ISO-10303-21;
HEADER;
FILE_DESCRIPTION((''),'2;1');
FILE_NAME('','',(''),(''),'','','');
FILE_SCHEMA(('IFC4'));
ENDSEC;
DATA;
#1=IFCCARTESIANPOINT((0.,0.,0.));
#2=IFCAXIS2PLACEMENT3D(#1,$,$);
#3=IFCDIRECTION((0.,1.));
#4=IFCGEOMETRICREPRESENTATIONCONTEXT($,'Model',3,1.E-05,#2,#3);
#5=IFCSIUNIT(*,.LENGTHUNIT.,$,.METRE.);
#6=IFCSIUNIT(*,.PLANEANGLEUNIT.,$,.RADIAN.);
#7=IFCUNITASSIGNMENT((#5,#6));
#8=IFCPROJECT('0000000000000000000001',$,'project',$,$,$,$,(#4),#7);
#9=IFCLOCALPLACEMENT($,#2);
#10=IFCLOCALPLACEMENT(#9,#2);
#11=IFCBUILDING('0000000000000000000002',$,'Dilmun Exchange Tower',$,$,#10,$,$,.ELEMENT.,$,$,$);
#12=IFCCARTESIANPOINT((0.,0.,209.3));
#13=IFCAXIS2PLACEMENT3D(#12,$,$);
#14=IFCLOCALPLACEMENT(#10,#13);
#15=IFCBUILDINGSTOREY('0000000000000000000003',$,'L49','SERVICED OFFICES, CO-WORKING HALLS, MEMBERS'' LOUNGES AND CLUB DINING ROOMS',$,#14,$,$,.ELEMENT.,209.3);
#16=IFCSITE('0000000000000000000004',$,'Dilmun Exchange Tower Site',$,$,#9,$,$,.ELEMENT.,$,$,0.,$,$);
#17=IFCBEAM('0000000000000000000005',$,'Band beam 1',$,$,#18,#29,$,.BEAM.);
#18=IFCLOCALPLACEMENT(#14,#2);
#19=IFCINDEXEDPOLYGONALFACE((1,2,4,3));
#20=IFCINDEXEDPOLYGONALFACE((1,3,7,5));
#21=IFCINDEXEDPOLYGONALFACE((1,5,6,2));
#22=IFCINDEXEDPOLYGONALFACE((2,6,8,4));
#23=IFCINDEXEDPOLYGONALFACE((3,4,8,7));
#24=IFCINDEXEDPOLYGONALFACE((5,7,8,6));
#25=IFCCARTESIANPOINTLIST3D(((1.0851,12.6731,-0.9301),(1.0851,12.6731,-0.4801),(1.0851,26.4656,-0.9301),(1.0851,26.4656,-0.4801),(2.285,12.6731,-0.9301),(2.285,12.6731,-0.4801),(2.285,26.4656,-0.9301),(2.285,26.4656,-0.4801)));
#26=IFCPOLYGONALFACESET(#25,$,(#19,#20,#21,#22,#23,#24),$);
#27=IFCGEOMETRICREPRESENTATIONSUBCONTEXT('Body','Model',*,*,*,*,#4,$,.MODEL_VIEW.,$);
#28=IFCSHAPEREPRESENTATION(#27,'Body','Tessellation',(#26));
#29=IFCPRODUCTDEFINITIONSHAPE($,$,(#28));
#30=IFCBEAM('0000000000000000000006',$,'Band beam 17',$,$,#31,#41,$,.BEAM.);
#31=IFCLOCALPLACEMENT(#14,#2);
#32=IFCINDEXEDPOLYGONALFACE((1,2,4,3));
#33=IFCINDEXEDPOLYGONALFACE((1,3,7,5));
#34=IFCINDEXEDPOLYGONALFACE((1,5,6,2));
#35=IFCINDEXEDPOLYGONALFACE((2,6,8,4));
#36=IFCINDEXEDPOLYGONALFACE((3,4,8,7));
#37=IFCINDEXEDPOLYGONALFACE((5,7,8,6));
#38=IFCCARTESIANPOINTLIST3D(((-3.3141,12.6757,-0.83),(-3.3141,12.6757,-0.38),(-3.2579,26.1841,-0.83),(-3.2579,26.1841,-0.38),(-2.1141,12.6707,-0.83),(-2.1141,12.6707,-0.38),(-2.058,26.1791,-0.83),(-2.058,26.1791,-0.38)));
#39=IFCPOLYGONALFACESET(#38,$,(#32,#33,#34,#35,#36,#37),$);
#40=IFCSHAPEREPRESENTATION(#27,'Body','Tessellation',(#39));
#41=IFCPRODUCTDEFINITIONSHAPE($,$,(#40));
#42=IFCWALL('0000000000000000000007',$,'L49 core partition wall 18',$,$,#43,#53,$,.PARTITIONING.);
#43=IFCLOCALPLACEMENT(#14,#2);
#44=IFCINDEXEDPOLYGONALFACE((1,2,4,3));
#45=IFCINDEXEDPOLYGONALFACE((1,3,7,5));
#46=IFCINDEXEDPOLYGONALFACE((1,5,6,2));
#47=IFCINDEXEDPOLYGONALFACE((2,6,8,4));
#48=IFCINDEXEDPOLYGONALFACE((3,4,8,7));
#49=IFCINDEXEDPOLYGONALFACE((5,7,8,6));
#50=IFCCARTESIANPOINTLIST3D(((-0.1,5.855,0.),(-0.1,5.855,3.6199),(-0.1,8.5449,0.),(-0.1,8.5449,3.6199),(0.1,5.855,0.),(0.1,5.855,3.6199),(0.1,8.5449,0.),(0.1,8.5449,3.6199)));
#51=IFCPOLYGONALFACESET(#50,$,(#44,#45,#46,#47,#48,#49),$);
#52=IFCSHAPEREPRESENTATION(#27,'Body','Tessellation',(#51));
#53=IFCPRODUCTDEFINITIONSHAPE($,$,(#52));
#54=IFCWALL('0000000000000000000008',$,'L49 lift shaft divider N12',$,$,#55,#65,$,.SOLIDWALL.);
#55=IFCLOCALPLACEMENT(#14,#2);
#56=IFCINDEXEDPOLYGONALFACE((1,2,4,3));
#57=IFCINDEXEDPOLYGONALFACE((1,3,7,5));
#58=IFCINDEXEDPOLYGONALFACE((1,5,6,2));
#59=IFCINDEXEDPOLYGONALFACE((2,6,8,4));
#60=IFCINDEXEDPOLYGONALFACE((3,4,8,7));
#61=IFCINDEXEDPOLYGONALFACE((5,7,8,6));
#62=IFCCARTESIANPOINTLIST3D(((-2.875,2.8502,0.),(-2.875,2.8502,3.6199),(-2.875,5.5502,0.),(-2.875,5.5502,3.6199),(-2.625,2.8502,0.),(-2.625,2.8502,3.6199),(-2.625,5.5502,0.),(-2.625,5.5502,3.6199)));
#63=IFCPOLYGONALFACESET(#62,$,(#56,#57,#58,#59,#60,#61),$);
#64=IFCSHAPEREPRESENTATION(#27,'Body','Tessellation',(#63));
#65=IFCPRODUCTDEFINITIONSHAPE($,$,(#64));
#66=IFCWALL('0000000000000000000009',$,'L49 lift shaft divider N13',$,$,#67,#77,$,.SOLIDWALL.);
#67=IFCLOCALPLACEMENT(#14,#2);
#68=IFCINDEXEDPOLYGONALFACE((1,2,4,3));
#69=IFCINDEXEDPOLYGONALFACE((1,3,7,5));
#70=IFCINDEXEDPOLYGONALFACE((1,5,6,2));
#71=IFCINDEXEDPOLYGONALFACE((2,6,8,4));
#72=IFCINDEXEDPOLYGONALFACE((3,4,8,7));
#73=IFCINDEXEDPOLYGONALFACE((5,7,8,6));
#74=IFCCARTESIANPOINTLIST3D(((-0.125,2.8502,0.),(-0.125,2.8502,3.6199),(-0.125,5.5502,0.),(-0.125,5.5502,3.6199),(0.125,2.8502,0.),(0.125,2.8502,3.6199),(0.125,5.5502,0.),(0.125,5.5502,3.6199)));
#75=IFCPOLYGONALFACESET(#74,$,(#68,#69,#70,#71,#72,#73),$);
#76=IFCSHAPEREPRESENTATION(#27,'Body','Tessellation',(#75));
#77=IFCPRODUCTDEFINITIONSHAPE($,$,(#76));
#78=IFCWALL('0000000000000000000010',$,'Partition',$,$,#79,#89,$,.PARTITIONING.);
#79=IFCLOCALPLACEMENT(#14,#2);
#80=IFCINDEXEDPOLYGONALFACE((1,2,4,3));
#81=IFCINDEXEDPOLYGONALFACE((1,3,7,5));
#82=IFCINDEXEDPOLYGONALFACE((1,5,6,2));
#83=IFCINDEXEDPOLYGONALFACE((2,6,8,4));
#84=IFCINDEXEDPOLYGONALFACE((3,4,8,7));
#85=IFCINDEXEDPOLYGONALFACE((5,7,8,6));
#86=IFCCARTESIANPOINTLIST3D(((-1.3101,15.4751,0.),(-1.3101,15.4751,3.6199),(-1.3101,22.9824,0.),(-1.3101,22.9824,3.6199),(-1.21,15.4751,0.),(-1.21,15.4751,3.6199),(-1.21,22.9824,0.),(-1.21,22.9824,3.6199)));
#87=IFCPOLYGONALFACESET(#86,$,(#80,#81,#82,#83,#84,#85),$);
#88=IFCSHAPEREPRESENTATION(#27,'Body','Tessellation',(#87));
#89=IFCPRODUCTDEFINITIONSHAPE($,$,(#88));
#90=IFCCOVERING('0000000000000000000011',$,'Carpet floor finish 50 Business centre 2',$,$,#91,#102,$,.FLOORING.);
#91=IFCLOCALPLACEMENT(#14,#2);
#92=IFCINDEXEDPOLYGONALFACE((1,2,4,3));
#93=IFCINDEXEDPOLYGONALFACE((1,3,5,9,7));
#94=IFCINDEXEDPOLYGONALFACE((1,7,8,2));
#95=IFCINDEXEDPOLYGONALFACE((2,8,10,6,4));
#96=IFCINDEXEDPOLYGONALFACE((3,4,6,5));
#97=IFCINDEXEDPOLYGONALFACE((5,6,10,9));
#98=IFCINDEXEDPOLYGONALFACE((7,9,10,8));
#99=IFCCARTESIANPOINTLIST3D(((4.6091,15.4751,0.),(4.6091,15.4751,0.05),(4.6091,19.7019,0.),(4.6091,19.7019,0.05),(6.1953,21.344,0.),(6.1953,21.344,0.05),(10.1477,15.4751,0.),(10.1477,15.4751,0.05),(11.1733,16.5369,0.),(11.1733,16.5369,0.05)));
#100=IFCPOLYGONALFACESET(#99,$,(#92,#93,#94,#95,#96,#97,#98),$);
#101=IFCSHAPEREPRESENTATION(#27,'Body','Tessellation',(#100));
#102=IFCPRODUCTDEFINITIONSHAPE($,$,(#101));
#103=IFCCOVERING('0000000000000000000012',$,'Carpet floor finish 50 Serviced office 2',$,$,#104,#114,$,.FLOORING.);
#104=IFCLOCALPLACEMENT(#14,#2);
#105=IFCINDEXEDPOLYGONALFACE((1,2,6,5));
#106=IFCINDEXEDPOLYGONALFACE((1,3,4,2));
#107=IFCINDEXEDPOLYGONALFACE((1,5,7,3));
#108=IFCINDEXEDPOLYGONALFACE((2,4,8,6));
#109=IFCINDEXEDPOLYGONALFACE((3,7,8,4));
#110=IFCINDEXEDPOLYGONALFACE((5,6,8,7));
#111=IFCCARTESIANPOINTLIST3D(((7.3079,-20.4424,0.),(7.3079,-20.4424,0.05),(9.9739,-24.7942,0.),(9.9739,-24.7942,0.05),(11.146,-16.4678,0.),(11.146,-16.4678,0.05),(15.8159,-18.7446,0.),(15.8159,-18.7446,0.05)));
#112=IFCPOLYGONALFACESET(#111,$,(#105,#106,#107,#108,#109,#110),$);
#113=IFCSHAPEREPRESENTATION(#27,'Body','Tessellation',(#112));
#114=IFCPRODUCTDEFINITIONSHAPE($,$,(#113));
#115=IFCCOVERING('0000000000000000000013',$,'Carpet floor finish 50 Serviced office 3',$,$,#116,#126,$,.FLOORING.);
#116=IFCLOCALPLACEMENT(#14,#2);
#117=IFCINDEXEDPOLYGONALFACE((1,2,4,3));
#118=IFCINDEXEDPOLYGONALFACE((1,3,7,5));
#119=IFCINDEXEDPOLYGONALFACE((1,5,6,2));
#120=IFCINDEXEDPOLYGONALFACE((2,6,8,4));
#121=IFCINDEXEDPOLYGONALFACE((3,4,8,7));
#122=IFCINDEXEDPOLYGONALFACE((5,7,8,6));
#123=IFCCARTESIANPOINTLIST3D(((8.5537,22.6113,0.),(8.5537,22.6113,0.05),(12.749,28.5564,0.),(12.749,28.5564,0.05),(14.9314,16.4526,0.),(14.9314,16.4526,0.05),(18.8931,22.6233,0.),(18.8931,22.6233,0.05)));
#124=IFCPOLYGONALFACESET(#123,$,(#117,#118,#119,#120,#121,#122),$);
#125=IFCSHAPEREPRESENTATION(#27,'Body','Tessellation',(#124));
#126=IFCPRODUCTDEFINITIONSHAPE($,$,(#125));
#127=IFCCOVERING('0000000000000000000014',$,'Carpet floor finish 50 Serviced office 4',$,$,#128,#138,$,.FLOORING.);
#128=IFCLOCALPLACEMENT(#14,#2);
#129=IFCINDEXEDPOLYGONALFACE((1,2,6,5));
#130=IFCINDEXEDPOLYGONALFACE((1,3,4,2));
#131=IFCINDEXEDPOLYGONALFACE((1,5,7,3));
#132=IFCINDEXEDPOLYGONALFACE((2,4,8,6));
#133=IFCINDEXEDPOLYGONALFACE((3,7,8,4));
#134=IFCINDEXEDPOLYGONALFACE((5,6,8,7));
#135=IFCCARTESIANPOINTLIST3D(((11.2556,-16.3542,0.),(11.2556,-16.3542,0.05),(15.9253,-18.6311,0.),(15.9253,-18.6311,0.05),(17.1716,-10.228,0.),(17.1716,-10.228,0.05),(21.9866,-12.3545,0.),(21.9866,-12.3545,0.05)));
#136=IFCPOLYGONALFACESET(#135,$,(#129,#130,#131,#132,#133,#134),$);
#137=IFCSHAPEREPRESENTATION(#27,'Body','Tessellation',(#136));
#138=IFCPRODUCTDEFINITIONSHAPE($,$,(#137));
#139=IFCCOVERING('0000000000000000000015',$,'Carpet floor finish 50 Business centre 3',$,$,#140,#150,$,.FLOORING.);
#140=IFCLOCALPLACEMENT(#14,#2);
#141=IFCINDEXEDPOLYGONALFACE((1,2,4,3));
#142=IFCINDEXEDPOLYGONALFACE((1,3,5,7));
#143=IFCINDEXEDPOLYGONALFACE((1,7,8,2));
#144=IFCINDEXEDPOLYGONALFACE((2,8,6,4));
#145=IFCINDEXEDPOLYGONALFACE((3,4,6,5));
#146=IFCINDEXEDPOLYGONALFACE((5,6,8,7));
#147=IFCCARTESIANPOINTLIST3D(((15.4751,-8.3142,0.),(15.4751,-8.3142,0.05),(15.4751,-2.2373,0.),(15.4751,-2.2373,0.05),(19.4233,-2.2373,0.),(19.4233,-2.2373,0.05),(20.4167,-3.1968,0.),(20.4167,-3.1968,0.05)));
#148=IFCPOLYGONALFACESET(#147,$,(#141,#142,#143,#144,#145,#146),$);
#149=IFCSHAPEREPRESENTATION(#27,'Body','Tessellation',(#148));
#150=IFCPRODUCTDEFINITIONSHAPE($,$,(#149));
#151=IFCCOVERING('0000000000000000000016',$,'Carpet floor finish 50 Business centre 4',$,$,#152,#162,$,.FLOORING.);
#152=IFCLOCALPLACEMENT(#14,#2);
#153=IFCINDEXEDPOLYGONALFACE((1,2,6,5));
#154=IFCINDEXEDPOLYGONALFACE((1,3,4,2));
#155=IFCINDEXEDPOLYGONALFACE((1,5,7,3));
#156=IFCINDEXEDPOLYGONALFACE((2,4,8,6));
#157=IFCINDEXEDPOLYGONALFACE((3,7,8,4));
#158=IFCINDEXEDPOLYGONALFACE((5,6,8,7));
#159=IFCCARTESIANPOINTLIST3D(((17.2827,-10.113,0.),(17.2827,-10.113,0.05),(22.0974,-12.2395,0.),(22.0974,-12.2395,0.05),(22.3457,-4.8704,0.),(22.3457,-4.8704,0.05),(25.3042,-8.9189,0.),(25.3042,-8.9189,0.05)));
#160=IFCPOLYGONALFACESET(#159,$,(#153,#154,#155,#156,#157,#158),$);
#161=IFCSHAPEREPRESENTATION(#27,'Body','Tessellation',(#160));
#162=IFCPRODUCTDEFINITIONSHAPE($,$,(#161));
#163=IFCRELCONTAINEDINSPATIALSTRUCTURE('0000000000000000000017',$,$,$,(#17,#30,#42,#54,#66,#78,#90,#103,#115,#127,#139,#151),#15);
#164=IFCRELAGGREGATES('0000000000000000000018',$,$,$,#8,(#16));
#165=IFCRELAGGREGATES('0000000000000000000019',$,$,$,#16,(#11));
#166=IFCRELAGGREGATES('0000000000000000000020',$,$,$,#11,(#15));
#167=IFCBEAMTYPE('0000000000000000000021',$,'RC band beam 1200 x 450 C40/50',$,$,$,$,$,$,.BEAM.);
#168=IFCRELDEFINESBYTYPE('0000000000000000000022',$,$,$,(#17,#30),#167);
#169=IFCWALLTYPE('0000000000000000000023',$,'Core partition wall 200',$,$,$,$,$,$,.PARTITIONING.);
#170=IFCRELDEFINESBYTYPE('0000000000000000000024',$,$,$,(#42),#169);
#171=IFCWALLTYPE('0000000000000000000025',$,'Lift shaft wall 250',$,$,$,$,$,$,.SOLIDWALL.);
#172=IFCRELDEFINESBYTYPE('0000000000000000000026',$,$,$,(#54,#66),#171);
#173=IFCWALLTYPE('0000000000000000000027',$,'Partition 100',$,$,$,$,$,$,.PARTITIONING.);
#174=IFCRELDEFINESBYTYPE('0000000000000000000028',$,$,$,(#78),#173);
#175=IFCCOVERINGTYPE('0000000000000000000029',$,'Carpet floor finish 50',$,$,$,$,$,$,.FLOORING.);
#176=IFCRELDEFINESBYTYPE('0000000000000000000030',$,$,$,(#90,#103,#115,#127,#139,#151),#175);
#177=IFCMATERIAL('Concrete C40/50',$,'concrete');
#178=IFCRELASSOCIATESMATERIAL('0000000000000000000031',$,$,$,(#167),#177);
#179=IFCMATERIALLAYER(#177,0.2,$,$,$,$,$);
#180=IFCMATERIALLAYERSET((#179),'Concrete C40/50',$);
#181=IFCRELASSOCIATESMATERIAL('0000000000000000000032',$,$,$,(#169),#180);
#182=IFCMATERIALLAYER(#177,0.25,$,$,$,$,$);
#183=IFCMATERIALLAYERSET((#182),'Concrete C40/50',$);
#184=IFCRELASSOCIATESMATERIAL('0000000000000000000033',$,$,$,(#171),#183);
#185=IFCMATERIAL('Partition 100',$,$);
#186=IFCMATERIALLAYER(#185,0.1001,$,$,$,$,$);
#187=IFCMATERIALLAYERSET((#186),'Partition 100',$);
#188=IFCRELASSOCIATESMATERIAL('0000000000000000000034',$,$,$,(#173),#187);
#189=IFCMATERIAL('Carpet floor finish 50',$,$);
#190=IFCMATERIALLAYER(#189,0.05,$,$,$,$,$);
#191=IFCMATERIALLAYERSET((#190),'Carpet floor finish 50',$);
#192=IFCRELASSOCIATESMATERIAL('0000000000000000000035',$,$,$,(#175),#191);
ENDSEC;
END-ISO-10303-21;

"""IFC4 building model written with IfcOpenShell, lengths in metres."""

from ifc_helpers import new_model, si_unit, direction, frame, frame_2d, origin, origin_2d, place, context, subcontext, project, spatial, polyline, rectangle, outline, extrude, material, layer, layer_set, material_profile, profile_set, type_object, element, save


model = new_model("IFC4")

# Units and contexts
model_context = context("Model", 3, precision=1e-05, world=origin(), true_north=direction((0.0, 1.0)))
body_context = subcontext(model_context, "Body", "Model", "MODEL_VIEW")
ifc_project = project(units=[si_unit("LENGTHUNIT", "METRE"), si_unit("PLANEANGLEUNIT", "RADIAN")], contexts=[model_context])

# Site, building, storey
site_placement = place(None, origin())
site = spatial("IfcSite", under=ifc_project, at=site_placement, Name="Dilmun Exchange Tower Site", CompositionType="ELEMENT", RefElevation=0.0)
building_placement = place(site_placement, origin())
building = spatial("IfcBuilding", under=site, at=building_placement, Name="Dilmun Exchange Tower", CompositionType="ELEMENT")
storey_placement = place(building_placement, frame((0.0, 0.0, 209.3)))
storey = spatial("IfcBuildingStorey", under=building, at=storey_placement, Name="L49", Description="SERVICED OFFICES, CO-WORKING HALLS, MEMBERS' LOUNGES AND CLUB DINING ROOMS", CompositionType="ELEMENT", Elevation=209.3)

# Beams
ifc_material_1 = material(Name="Concrete C40/50", Category="concrete")
ifc_material_profile = material_profile(ifc_material_1, rectangle(XDim=1.2, YDim=0.45, at=origin_2d()), Name="1200 x 450")
ifc_profile_set = profile_set([ifc_material_profile], Name="Concrete C40/50")
beam_type = type_object("IfcBeamType", Name="RC band beam 1200 x 450 C40/50", PredefinedType="BEAM", material=ifc_profile_set)
beam_1_placement = place(storey_placement, frame((1.6851, 26.4656, -0.7051), z_axis=(0.0, -1.0, 0.0), x_axis=(1.0, 0.0, 0.0)))
element("IfcBeam", 1, at=beam_1_placement, inside=storey, type_object=beam_type, Name="Band beam 1", PredefinedType="BEAM", context=body_context, shape_type="SweptSolid", body=[
    extrude(rectangle(XDim=1.2, YDim=0.45, at=origin_2d()), origin(), (0.0, 0.0, 1.0), 13.7925),
])
beam_2_placement = place(storey_placement, frame((-2.658, 26.1816, -0.605), z_axis=(-0.004157, -0.999991, 0.0), x_axis=(0.999991, -0.004157, 0.0)))
element("IfcBeam", 2, at=beam_2_placement, inside=storey, type_object=beam_type, Name="Band beam 17", PredefinedType="BEAM", context=body_context, shape_type="SweptSolid", body=[
    extrude(rectangle(XDim=1.2, YDim=0.45, at=origin_2d()), origin(), (0.0, 0.0, 1.0), 13.5085),
])

# Walls
ifc_layer_1 = layer(ifc_material_1, 0.2)
ifc_layer_set_1 = layer_set([ifc_layer_1], Name="Concrete C40/50")
wall_type_1 = type_object("IfcWallType", Name="Core partition wall 200", PredefinedType="PARTITIONING", material=ifc_layer_set_1)
wall_1_placement = place(storey_placement, frame((0.0, 5.855, 0.0), z_axis=(0.0, 0.0, 1.0), x_axis=(0.0, 1.0, 0.0)))
element("IfcWall", 3, at=wall_1_placement, inside=storey, type_object=wall_type_1, Name="L49 core partition wall 18", PredefinedType="PARTITIONING", context=body_context, shape_type="SweptSolid", body=[
    extrude(rectangle(XDim=2.6899, YDim=0.2, at=frame_2d((1.345, 0.0))), origin(), (0.0, 0.0, 1.0), 3.6199),
])
ifc_layer_2 = layer(ifc_material_1, 0.25)
ifc_layer_set_2 = layer_set([ifc_layer_2], Name="Concrete C40/50")
wall_type_2 = type_object("IfcWallType", Name="Lift shaft wall 250", PredefinedType="SOLIDWALL", material=ifc_layer_set_2)
for number, where, z_axis, x_axis, name in (
    (4, (-2.75, 2.8501, 0.0), (0.0, 0.0, 1.0), (0.0, 1.0, 0.0), "L49 lift shaft divider N12"),
    (5, (0.0, 2.8501, 0.0), (0.0, 0.0, 1.0), (0.0, 1.0, 0.0), "L49 lift shaft divider N13"),
):
    element("IfcWall", number, at=place(storey_placement, frame(where, z_axis=z_axis, x_axis=x_axis)), inside=storey, type_object=wall_type_2, Name=name, PredefinedType="SOLIDWALL", context=body_context, shape_type="SweptSolid", body=[
        extrude(rectangle(XDim=2.7, YDim=0.25, at=frame_2d((1.3501, 0.0))), origin(), (0.0, 0.0, 1.0), 3.6199),
    ])
ifc_material_2 = material(Name="Partition 100")
ifc_layer_3 = layer(ifc_material_2, 0.1001)
ifc_layer_set_3 = layer_set([ifc_layer_3], Name="Partition 100")
wall_type_3 = type_object("IfcWallType", Name="Partition 100", PredefinedType="PARTITIONING", material=ifc_layer_set_3)
wall_2_placement = place(storey_placement, frame((-1.26, 15.4751, 0.0), z_axis=(0.0, 0.0, 1.0), x_axis=(0.0, 1.0, 0.0)))
element("IfcWall", 6, at=wall_2_placement, inside=storey, type_object=wall_type_3, Name="Partition", PredefinedType="PARTITIONING", context=body_context, shape_type="SweptSolid", body=[
    extrude(rectangle(XDim=7.5073, YDim=0.1001, at=frame_2d((3.7537, 0.0))), origin(), (0.0, 0.0, 1.0), 3.6199),
])

# Coverings
ifc_material_3 = material(Name="Carpet floor finish 50")
ifc_layer_4 = layer(ifc_material_3, 0.05)
ifc_layer_set_4 = layer_set([ifc_layer_4], Name="Carpet floor finish 50")
covering_type_1 = type_object("IfcCoveringType", Name="Carpet floor finish 50", PredefinedType="FLOORING", material=ifc_layer_set_4)
covering_1_placement = place(storey_placement, origin())
element("IfcCovering", 7, at=covering_1_placement, inside=storey, type_object=covering_type_1, Name="Carpet floor finish 50 Business centre 2", PredefinedType="FLOORING", context=body_context, shape_type="SweptSolid", body=[
    extrude(outline(polyline([(10.1477, 15.4751), (4.6091, 15.4751), (4.6091, 19.7019), (6.1953, 21.344), (11.1733, 16.5369), (10.1477, 15.4751)])), origin(), (0.0, 0.0, 1.0), 0.05),
])
covering_2_placement = place(storey_placement, origin())
element("IfcCovering", 8, at=covering_2_placement, inside=storey, type_object=covering_type_1, Name="Carpet floor finish 50 Serviced office 2", PredefinedType="FLOORING", context=body_context, shape_type="SweptSolid", body=[
    extrude(outline(polyline([(15.8159, -18.7446), (9.9739, -24.7942), (7.3079, -20.4424), (11.146, -16.4678), (15.8159, -18.7446)])), origin(), (0.0, 0.0, 1.0), 0.05),
])
covering_3_placement = place(storey_placement, origin())
element("IfcCovering", 9, at=covering_3_placement, inside=storey, type_object=covering_type_1, Name="Carpet floor finish 50 Serviced office 3", PredefinedType="FLOORING", context=body_context, shape_type="SweptSolid", body=[
    extrude(outline(polyline([(14.9314, 16.4526), (8.5537, 22.6113), (12.749, 28.5564), (18.8931, 22.6233), (14.9314, 16.4526)])), origin(), (0.0, 0.0, 1.0), 0.05),
])
covering_4_placement = place(storey_placement, origin())
element("IfcCovering", 10, at=covering_4_placement, inside=storey, type_object=covering_type_1, Name="Carpet floor finish 50 Serviced office 4", PredefinedType="FLOORING", context=body_context, shape_type="SweptSolid", body=[
    extrude(outline(polyline([(11.2556, -16.3542), (17.1716, -10.228), (21.9866, -12.3545), (15.9253, -18.6311), (11.2556, -16.3542)])), origin(), (0.0, 0.0, 1.0), 0.05),
])
covering_5_placement = place(storey_placement, origin())
element("IfcCovering", 11, at=covering_5_placement, inside=storey, type_object=covering_type_1, Name="Carpet floor finish 50 Business centre 3", PredefinedType="FLOORING", context=body_context, shape_type="SweptSolid", body=[
    extrude(outline(polyline([(15.4751, -2.2373), (19.4233, -2.2373), (20.4167, -3.1968), (15.4751, -8.3142), (15.4751, -2.2373)])), origin(), (0.0, 0.0, 1.0), 0.05),
])
covering_6_placement = place(storey_placement, origin())
element("IfcCovering", 12, at=covering_6_placement, inside=storey, type_object=covering_type_1, Name="Carpet floor finish 50 Business centre 4", PredefinedType="FLOORING", context=body_context, shape_type="SweptSolid", body=[
    extrude(outline(polyline([(17.2827, -10.113), (22.3457, -4.8704), (25.3042, -8.9189), (22.0974, -12.2395), (17.2827, -10.113)])), origin(), (0.0, 0.0, 1.0), 0.05),
])

save(model, "model.ifc")
